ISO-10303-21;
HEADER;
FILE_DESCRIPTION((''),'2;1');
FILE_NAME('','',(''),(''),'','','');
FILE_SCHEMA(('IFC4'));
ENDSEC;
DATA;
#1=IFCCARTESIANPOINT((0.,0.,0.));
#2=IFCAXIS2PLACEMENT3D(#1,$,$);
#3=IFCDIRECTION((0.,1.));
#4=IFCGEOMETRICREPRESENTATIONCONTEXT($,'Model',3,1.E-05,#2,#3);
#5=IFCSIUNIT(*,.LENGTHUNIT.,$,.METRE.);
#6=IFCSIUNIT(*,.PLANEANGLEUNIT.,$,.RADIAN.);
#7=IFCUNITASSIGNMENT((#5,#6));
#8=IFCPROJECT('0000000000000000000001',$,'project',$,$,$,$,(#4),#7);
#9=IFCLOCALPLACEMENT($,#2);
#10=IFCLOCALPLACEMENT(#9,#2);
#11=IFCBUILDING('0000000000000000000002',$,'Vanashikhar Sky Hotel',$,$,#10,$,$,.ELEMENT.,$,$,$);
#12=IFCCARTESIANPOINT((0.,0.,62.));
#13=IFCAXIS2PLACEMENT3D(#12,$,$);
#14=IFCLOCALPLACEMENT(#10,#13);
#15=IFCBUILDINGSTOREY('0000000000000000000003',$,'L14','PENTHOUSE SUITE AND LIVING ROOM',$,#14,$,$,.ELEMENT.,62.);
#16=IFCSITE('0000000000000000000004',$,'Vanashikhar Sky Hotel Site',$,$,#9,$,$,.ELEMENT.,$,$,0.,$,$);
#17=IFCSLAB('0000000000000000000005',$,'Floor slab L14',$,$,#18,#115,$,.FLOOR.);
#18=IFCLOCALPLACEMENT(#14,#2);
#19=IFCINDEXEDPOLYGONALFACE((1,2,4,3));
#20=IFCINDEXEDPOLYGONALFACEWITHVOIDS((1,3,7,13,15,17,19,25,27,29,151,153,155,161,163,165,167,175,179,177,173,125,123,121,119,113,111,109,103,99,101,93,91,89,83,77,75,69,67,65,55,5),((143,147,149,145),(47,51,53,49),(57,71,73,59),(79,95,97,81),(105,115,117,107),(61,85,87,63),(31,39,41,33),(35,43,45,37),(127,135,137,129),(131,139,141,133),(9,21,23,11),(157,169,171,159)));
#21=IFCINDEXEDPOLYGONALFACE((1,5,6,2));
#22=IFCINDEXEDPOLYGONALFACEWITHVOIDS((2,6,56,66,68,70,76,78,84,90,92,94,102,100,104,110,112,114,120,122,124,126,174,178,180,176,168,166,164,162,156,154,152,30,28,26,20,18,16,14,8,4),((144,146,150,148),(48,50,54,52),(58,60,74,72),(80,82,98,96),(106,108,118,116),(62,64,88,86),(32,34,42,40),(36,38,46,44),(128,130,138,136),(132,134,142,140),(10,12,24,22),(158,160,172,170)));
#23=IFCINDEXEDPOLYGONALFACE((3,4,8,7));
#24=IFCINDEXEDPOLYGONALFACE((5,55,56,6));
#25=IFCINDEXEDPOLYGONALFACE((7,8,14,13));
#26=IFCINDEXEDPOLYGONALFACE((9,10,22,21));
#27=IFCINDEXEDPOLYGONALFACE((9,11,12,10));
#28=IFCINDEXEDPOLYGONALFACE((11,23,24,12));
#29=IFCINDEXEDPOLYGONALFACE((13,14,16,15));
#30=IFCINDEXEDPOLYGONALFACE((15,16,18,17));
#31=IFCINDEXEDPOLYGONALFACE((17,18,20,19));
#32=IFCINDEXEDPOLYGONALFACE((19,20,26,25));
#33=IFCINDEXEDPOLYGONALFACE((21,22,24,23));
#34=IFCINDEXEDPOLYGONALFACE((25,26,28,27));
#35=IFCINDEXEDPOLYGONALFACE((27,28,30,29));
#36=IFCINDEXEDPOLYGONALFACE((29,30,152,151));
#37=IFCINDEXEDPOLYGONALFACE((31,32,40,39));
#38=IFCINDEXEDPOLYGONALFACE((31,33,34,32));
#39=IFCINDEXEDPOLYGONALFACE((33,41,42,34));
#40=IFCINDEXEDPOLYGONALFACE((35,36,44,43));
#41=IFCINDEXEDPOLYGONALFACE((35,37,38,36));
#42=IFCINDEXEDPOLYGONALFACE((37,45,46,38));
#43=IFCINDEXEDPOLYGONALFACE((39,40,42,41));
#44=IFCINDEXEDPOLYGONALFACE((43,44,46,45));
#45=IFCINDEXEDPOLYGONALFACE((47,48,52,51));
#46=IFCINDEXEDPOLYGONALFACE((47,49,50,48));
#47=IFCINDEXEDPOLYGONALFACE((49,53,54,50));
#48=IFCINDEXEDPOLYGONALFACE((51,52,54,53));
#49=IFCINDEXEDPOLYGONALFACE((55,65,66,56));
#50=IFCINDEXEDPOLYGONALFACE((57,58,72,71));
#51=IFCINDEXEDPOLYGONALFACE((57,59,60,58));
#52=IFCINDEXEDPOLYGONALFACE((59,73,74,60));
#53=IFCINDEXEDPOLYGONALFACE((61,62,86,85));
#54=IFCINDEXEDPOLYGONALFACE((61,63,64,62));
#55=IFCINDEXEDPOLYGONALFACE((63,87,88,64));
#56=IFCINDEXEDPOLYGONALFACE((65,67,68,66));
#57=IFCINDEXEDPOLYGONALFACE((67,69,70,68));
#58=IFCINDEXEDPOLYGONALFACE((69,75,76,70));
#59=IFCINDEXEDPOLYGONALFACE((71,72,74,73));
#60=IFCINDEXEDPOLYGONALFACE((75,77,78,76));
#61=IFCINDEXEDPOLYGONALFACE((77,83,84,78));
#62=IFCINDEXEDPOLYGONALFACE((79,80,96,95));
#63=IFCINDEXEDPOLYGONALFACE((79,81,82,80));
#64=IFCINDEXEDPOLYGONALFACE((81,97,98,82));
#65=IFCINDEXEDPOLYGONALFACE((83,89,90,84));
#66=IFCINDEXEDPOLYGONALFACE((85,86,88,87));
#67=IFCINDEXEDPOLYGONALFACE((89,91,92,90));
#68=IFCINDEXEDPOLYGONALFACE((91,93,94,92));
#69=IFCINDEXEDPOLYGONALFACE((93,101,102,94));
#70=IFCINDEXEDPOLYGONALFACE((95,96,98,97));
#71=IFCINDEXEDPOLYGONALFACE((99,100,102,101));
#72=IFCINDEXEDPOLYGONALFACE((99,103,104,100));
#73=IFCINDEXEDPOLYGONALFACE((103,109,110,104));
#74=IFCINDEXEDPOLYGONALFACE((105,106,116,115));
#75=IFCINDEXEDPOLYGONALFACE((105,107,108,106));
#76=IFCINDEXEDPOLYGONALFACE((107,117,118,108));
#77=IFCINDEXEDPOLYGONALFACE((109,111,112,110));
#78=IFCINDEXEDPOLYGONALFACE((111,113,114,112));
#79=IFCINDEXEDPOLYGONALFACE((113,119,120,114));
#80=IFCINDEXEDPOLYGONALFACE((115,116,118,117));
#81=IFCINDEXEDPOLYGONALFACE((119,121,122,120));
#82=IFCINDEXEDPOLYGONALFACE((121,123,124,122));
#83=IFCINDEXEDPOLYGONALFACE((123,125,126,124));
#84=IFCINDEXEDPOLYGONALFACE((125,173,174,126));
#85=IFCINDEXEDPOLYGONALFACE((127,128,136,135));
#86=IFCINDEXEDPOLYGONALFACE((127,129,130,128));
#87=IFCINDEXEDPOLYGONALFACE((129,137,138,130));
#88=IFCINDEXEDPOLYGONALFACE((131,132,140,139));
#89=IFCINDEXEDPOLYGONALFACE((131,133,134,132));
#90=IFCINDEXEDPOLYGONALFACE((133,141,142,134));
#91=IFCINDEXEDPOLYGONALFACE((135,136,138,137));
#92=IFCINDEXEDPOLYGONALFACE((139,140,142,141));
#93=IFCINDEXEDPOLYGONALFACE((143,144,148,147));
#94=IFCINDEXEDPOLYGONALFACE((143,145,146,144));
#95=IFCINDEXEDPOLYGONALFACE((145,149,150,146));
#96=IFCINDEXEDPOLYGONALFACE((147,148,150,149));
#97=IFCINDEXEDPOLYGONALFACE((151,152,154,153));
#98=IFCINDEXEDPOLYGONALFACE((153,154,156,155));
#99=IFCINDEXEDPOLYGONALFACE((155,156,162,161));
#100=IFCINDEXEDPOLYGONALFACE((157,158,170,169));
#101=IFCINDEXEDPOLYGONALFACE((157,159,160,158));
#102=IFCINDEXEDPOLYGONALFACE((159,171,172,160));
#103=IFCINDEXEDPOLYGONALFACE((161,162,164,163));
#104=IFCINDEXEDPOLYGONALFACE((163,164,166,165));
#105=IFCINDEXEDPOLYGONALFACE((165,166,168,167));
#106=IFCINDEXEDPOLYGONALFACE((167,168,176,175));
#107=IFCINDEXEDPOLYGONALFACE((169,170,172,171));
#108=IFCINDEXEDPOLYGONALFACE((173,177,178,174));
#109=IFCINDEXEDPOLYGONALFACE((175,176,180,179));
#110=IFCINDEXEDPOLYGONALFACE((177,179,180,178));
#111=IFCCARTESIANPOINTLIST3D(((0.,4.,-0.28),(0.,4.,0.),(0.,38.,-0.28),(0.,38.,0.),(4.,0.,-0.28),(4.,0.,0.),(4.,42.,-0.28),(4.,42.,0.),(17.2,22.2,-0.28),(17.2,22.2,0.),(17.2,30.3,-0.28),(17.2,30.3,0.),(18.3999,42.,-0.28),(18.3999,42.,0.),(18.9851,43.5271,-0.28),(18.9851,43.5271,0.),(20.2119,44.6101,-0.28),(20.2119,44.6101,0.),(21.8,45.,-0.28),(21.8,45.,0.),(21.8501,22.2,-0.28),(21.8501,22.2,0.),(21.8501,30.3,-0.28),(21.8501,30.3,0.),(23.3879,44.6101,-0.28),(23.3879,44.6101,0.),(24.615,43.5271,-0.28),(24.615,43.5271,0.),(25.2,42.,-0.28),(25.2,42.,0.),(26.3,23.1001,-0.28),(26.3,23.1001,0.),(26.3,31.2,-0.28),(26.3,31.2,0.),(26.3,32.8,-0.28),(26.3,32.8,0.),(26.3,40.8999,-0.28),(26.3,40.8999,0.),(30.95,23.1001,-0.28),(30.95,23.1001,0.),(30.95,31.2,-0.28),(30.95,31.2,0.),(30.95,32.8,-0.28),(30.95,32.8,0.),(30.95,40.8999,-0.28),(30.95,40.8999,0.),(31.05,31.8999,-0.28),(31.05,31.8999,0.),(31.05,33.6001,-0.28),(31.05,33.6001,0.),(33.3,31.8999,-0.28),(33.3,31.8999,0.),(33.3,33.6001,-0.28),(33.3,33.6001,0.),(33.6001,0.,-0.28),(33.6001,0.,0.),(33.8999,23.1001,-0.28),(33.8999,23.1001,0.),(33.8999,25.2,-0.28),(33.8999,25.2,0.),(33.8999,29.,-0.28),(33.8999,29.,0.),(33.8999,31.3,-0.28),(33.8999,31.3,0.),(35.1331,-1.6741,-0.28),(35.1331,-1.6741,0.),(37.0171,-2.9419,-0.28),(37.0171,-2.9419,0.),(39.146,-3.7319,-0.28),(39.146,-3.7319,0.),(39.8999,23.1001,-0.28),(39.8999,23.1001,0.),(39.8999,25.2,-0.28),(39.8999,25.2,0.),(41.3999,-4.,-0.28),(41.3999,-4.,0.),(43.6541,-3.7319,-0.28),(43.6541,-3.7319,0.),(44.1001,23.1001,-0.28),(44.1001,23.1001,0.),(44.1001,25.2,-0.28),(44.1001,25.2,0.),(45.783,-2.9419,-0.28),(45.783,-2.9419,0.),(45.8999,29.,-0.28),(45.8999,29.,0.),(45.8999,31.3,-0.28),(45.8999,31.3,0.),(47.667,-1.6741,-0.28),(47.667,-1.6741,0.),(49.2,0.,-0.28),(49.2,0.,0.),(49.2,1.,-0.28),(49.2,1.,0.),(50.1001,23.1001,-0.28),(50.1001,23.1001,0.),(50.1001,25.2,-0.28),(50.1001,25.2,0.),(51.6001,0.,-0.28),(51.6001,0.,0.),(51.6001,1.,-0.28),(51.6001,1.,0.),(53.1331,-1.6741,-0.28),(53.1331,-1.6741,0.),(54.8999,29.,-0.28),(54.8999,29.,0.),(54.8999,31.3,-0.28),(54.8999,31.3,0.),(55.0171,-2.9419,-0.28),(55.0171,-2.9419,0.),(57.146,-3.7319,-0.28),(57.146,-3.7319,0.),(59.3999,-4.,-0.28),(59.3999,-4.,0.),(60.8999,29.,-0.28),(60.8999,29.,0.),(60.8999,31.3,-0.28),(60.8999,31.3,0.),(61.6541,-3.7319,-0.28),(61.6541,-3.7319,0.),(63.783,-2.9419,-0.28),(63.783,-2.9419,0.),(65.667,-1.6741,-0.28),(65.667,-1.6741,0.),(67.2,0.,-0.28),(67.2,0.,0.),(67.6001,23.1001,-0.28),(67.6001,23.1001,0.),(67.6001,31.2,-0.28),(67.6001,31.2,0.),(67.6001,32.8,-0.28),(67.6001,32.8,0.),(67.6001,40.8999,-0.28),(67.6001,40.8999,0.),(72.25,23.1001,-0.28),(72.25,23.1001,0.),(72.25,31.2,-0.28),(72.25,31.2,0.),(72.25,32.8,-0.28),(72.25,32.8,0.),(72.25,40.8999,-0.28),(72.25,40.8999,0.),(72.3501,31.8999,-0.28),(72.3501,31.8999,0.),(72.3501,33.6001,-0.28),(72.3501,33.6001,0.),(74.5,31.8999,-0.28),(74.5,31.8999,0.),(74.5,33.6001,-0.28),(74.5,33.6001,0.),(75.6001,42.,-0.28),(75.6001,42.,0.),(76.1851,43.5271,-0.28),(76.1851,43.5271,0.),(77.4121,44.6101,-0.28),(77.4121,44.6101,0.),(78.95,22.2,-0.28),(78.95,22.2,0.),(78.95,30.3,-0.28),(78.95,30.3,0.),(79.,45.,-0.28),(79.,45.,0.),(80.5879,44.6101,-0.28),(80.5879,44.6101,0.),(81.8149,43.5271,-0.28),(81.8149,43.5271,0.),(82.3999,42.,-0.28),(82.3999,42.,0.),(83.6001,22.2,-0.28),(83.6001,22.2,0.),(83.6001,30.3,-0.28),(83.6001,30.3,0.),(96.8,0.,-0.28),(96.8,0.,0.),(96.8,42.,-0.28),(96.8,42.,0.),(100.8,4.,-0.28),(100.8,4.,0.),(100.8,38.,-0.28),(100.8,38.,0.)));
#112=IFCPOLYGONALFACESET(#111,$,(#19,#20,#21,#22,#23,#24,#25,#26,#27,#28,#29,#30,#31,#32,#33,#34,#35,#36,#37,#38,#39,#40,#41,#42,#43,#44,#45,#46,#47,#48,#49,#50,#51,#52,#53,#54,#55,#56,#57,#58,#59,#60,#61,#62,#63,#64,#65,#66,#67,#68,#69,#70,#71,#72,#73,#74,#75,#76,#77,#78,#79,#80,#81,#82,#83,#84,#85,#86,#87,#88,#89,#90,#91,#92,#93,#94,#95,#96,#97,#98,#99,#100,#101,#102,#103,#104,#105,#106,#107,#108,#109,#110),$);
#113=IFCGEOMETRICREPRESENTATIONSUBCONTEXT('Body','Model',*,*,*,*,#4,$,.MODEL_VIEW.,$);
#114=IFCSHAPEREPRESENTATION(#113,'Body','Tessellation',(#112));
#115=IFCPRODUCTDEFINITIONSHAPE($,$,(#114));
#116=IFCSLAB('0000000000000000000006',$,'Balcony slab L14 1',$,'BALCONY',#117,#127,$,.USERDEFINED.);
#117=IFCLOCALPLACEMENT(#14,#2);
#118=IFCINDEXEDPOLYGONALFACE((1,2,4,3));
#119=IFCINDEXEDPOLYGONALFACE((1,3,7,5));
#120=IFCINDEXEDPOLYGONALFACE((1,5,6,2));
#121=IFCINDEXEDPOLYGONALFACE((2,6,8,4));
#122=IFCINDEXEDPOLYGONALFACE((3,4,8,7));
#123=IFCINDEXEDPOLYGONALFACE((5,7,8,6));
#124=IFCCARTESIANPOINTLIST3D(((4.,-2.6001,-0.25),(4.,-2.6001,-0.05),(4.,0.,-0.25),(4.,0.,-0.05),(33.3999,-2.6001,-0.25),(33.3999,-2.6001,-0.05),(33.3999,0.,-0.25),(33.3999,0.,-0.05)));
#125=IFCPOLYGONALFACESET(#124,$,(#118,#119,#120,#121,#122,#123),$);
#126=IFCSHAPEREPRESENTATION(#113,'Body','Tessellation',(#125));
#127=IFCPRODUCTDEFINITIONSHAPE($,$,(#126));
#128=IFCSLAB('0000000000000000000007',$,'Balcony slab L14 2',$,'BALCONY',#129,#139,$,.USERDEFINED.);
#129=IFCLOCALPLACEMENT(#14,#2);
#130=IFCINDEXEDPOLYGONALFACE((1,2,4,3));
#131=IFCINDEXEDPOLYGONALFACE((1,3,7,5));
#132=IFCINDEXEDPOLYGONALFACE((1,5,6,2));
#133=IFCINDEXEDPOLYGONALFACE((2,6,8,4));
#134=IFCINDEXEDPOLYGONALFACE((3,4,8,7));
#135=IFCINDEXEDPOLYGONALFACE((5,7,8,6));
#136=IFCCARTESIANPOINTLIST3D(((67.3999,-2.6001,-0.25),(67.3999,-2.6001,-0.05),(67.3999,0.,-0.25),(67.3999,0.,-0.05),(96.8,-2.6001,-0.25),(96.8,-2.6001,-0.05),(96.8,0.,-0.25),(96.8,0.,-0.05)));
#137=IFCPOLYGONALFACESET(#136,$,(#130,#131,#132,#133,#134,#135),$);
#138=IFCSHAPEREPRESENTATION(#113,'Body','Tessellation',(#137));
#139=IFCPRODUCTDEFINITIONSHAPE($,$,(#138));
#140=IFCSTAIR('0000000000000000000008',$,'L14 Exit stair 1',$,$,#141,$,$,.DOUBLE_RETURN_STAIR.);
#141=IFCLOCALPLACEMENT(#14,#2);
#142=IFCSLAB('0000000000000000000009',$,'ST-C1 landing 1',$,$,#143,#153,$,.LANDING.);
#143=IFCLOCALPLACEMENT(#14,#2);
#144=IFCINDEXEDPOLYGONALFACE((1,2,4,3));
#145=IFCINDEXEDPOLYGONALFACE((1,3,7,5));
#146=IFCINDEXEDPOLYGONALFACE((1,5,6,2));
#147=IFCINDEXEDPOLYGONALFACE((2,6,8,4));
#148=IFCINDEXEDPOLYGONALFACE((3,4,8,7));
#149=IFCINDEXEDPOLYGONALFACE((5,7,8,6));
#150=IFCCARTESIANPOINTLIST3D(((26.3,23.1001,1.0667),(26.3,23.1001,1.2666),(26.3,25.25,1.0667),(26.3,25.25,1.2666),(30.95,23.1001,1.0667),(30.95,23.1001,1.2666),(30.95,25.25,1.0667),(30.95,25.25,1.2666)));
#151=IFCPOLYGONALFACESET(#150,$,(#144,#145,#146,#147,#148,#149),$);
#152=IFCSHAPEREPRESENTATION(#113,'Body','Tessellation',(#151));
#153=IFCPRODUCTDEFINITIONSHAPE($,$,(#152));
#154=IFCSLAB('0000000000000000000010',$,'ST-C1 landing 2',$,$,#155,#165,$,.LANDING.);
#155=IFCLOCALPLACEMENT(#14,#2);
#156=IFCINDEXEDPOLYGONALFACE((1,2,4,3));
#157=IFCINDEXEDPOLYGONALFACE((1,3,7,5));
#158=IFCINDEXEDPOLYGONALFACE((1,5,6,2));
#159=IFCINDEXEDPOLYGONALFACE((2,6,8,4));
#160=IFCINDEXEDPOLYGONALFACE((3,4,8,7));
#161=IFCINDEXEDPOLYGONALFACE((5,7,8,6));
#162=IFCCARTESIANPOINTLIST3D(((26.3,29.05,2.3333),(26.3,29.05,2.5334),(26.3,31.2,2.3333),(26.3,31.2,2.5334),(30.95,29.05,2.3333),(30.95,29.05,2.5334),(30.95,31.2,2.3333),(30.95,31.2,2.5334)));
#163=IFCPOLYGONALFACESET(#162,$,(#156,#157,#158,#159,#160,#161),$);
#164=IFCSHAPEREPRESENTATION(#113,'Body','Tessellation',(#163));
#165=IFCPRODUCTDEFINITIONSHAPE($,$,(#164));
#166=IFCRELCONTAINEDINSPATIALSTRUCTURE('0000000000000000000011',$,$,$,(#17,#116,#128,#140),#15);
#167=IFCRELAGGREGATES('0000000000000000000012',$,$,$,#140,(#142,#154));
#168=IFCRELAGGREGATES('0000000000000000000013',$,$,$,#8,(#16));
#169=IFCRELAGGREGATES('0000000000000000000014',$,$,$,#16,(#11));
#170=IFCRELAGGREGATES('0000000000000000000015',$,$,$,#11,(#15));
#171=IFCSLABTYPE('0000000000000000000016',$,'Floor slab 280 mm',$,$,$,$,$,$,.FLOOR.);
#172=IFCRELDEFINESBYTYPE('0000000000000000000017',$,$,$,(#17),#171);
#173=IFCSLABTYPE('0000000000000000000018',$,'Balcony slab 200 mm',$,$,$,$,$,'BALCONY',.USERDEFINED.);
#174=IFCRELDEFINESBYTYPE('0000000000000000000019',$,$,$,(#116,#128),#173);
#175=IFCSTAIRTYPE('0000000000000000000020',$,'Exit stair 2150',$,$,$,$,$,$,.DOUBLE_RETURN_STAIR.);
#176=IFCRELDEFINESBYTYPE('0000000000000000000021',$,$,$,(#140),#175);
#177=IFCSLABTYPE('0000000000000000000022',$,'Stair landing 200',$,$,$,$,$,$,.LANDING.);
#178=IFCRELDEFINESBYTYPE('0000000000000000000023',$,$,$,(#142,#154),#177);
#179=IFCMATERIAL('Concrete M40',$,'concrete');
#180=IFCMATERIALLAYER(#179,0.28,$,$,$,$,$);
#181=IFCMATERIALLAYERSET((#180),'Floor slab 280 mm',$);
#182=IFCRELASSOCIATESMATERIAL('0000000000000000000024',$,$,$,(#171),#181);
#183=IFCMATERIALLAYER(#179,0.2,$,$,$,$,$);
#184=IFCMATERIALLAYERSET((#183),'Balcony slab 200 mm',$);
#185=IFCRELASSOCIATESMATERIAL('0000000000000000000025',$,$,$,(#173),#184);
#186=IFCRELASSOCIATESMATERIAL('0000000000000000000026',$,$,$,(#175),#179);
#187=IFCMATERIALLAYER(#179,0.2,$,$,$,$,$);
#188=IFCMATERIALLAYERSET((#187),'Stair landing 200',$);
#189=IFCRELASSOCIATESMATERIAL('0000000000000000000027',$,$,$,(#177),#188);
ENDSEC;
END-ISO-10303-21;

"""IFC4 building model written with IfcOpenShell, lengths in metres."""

from ifc_helpers import new_model, si_unit, direction, frame, origin, place, context, subcontext, project, spatial, polyline, outline, extrude, source, transform, mapped, material, layer, layer_set, type_object, element, aggregate, save


model = new_model("IFC4")

# Units and contexts
model_context = context("Model", 3, precision=1e-05, world=origin(), true_north=direction((0.0, 1.0)))
body_context = subcontext(model_context, "Body", "Model", "MODEL_VIEW")
ifc_project = project(units=[si_unit("LENGTHUNIT", "METRE"), si_unit("PLANEANGLEUNIT", "RADIAN")], contexts=[model_context])

# Site, building, storey
site_placement = place(None, origin())
site = spatial("IfcSite", under=ifc_project, at=site_placement, Name="Vanashikhar Sky Hotel Site", CompositionType="ELEMENT", RefElevation=0.0)
building_placement = place(site_placement, origin())
building = spatial("IfcBuilding", under=site, at=building_placement, Name="Vanashikhar Sky Hotel", CompositionType="ELEMENT")
storey_placement = place(building_placement, frame((0.0, 0.0, 62.0)))
storey = spatial("IfcBuildingStorey", under=building, at=storey_placement, Name="L14", Description="PENTHOUSE SUITE AND LIVING ROOM", CompositionType="ELEMENT", Elevation=62.0)

# Slabs
ifc_material_1 = material(Name="Concrete M40", Category="concrete")
ifc_layer_1 = layer(ifc_material_1, 0.28)
ifc_layer_set_1 = layer_set([ifc_layer_1], Name="Floor slab 280 mm")
slab_type_1 = type_object("IfcSlabType", Name="Floor slab 280 mm", PredefinedType="FLOOR", material=ifc_layer_set_1)
shared_shape_1 = source(origin(), body_context, "Body", "SweptSolid", [
    extrude(outline(polyline([(49.2, 0.0), (49.2, 1.0), (51.6001, 1.0), (51.6001, 0.0), (53.1331, -1.6741), (55.0171, -2.9419), (57.146, -3.7319), (59.3999, -4.0), (61.6541, -3.7319), (63.783, -2.9419), (65.667, -1.6741), (67.2, 0.0), (96.8, 0.0), (100.8, 4.0), (100.8, 38.0), (96.8, 42.0), (82.3999, 42.0), (81.8149, 43.5271), (80.5879, 44.6101), (79.0, 45.0), (77.4121, 44.6101), (76.1851, 43.5271), (75.6001, 42.0), (25.2, 42.0), (24.615, 43.5271), (23.3879, 44.6101), (21.8, 45.0), (20.2119, 44.6101), (18.9851, 43.5271), (18.3999, 42.0), (4.0, 42.0), (0.0, 38.0), (0.0, 4.0), (4.0, 0.0), (33.6001, 0.0), (35.1331, -1.6741), (37.0171, -2.9419), (39.146, -3.7319), (41.3999, -4.0), (43.6541, -3.7319), (45.783, -2.9419), (47.667, -1.6741), (49.2, 0.0)]), holes=[polyline([(33.3, 33.6001), (31.05, 33.6001), (31.05, 31.8999), (33.3, 31.8999), (33.3, 33.6001)]), polyline([(33.8999, 25.2), (33.8999, 23.1001), (39.8999, 23.1001), (39.8999, 25.2), (33.8999, 25.2)]), polyline([(33.8999, 31.3), (33.8999, 29.0), (45.8999, 29.0), (45.8999, 31.3), (33.8999, 31.3)]), polyline([(44.1001, 25.2), (44.1001, 23.1001), (50.1001, 23.1001), (50.1001, 25.2), (44.1001, 25.2)]), polyline([(54.8999, 31.3), (54.8999, 29.0), (60.8999, 29.0), (60.8999, 31.3), (54.8999, 31.3)]), polyline([(74.5, 33.6001), (72.3501, 33.6001), (72.3501, 31.8999), (74.5, 31.8999), (74.5, 33.6001)]), polyline([(30.95, 23.1001), (30.95, 31.2), (26.3, 31.2), (26.3, 23.1001), (30.95, 23.1001)]), polyline([(72.25, 23.1001), (72.25, 31.2), (67.6001, 31.2), (67.6001, 23.1001), (72.25, 23.1001)]), polyline([(30.95, 32.8), (30.95, 40.8999), (26.3, 40.8999), (26.3, 32.8), (30.95, 32.8)]), polyline([(72.25, 32.8), (72.25, 40.8999), (67.6001, 40.8999), (67.6001, 32.8), (72.25, 32.8)]), polyline([(83.6001, 22.2), (83.6001, 30.3), (78.95, 30.3), (78.95, 22.2), (83.6001, 22.2)]), polyline([(21.8501, 22.2), (21.8501, 30.3), (17.2, 30.3), (17.2, 22.2), (21.8501, 22.2)])]), origin(), (0.0, 0.0, 1.0), 0.28),
])
slab_1_placement = place(storey_placement, frame((0.0, 0.0, -0.28)))
element("IfcSlab", 1, at=slab_1_placement, inside=storey, type_object=slab_type_1, Name="Floor slab L14", PredefinedType="FLOOR", context=body_context, shape_type="MappedRepresentation", body=[
    mapped(shared_shape_1, transform((0.0, 0.0, 0.0), scale=1.0)),
])
ifc_layer_2 = layer(ifc_material_1, 0.2)
ifc_layer_set_2 = layer_set([ifc_layer_2], Name="Balcony slab 200 mm")
slab_type_2 = type_object("IfcSlabType", Name="Balcony slab 200 mm", ElementType="BALCONY", PredefinedType="USERDEFINED", material=ifc_layer_set_2)
shared_shape_2 = source(origin(), body_context, "Body", "SweptSolid", [
    extrude(outline(polyline([(4.0, -2.6001), (33.3999, -2.6001), (33.3999, 0.0), (4.0, 0.0), (4.0, -2.6001)])), origin(), (0.0, 0.0, 1.0), 0.2),
])
slab_2_placement = place(storey_placement, frame((0.0, 0.0, -0.25)))
element("IfcSlab", 2, at=slab_2_placement, inside=storey, type_object=slab_type_2, Name="Balcony slab L14 1", ObjectType="BALCONY", PredefinedType="USERDEFINED", context=body_context, shape_type="MappedRepresentation", body=[
    mapped(shared_shape_2, transform((0.0, 0.0, 0.0), scale=1.0)),
])
shared_shape_3 = source(origin(), body_context, "Body", "SweptSolid", [
    extrude(outline(polyline([(67.3999, -2.6001), (96.8, -2.6001), (96.8, 0.0), (67.3999, 0.0), (67.3999, -2.6001)])), origin(), (0.0, 0.0, 1.0), 0.2),
])
slab_3_placement = place(storey_placement, frame((0.0, 0.0, -0.25)))
element("IfcSlab", 3, at=slab_3_placement, inside=storey, type_object=slab_type_2, Name="Balcony slab L14 2", ObjectType="BALCONY", PredefinedType="USERDEFINED", context=body_context, shape_type="MappedRepresentation", body=[
    mapped(shared_shape_3, transform((0.0, 0.0, 0.0), scale=1.0)),
])

# Stair, slabs
stair_type = type_object("IfcStairType", Name="Exit stair 2150", PredefinedType="DOUBLE_RETURN_STAIR", material=ifc_material_1)
stair_1_placement = place(storey_placement, origin())
stair_1 = element("IfcStair", 4, at=stair_1_placement, inside=storey, type_object=stair_type, Name="L14 Exit stair 1", PredefinedType="DOUBLE_RETURN_STAIR")
ifc_layer_3 = layer(ifc_material_1, 0.2)
ifc_layer_set_3 = layer_set([ifc_layer_3], Name="Stair landing 200")
slab_type_3 = type_object("IfcSlabType", Name="Stair landing 200", PredefinedType="LANDING", material=ifc_layer_set_3)
shared_shape_4 = source(origin(), body_context, "Body", "SweptSolid", [
    extrude(outline(polyline([(30.95, 23.1001), (30.95, 25.25), (26.3, 25.25), (26.3, 23.1001), (30.95, 23.1001)])), origin(), (0.0, 0.0, 1.0), 0.2),
])
slab_4_placement = place(storey_placement, frame((0.0, 0.0, 1.0667)))
slab_4 = element("IfcSlab", 5, at=slab_4_placement, type_object=slab_type_3, Name="ST-C1 landing 1", PredefinedType="LANDING", context=body_context, shape_type="MappedRepresentation", body=[
    mapped(shared_shape_4, transform((0.0, 0.0, 0.0), scale=1.0)),
])
shared_shape_5 = source(origin(), body_context, "Body", "SweptSolid", [
    extrude(outline(polyline([(30.95, 29.05), (30.95, 31.2), (26.3, 31.2), (26.3, 29.05), (30.95, 29.05)])), origin(), (0.0, 0.0, 1.0), 0.2002),
])
slab_5_placement = place(storey_placement, frame((0.0, 0.0, 2.3333)))
slab_5 = element("IfcSlab", 6, at=slab_5_placement, type_object=slab_type_3, Name="ST-C1 landing 2", PredefinedType="LANDING", context=body_context, shape_type="MappedRepresentation", body=[
    mapped(shared_shape_5, transform((0.0, 0.0, 0.0), scale=1.0)),
])
aggregate(stair_1, [slab_4, slab_5])

save(model, "model.ifc")
